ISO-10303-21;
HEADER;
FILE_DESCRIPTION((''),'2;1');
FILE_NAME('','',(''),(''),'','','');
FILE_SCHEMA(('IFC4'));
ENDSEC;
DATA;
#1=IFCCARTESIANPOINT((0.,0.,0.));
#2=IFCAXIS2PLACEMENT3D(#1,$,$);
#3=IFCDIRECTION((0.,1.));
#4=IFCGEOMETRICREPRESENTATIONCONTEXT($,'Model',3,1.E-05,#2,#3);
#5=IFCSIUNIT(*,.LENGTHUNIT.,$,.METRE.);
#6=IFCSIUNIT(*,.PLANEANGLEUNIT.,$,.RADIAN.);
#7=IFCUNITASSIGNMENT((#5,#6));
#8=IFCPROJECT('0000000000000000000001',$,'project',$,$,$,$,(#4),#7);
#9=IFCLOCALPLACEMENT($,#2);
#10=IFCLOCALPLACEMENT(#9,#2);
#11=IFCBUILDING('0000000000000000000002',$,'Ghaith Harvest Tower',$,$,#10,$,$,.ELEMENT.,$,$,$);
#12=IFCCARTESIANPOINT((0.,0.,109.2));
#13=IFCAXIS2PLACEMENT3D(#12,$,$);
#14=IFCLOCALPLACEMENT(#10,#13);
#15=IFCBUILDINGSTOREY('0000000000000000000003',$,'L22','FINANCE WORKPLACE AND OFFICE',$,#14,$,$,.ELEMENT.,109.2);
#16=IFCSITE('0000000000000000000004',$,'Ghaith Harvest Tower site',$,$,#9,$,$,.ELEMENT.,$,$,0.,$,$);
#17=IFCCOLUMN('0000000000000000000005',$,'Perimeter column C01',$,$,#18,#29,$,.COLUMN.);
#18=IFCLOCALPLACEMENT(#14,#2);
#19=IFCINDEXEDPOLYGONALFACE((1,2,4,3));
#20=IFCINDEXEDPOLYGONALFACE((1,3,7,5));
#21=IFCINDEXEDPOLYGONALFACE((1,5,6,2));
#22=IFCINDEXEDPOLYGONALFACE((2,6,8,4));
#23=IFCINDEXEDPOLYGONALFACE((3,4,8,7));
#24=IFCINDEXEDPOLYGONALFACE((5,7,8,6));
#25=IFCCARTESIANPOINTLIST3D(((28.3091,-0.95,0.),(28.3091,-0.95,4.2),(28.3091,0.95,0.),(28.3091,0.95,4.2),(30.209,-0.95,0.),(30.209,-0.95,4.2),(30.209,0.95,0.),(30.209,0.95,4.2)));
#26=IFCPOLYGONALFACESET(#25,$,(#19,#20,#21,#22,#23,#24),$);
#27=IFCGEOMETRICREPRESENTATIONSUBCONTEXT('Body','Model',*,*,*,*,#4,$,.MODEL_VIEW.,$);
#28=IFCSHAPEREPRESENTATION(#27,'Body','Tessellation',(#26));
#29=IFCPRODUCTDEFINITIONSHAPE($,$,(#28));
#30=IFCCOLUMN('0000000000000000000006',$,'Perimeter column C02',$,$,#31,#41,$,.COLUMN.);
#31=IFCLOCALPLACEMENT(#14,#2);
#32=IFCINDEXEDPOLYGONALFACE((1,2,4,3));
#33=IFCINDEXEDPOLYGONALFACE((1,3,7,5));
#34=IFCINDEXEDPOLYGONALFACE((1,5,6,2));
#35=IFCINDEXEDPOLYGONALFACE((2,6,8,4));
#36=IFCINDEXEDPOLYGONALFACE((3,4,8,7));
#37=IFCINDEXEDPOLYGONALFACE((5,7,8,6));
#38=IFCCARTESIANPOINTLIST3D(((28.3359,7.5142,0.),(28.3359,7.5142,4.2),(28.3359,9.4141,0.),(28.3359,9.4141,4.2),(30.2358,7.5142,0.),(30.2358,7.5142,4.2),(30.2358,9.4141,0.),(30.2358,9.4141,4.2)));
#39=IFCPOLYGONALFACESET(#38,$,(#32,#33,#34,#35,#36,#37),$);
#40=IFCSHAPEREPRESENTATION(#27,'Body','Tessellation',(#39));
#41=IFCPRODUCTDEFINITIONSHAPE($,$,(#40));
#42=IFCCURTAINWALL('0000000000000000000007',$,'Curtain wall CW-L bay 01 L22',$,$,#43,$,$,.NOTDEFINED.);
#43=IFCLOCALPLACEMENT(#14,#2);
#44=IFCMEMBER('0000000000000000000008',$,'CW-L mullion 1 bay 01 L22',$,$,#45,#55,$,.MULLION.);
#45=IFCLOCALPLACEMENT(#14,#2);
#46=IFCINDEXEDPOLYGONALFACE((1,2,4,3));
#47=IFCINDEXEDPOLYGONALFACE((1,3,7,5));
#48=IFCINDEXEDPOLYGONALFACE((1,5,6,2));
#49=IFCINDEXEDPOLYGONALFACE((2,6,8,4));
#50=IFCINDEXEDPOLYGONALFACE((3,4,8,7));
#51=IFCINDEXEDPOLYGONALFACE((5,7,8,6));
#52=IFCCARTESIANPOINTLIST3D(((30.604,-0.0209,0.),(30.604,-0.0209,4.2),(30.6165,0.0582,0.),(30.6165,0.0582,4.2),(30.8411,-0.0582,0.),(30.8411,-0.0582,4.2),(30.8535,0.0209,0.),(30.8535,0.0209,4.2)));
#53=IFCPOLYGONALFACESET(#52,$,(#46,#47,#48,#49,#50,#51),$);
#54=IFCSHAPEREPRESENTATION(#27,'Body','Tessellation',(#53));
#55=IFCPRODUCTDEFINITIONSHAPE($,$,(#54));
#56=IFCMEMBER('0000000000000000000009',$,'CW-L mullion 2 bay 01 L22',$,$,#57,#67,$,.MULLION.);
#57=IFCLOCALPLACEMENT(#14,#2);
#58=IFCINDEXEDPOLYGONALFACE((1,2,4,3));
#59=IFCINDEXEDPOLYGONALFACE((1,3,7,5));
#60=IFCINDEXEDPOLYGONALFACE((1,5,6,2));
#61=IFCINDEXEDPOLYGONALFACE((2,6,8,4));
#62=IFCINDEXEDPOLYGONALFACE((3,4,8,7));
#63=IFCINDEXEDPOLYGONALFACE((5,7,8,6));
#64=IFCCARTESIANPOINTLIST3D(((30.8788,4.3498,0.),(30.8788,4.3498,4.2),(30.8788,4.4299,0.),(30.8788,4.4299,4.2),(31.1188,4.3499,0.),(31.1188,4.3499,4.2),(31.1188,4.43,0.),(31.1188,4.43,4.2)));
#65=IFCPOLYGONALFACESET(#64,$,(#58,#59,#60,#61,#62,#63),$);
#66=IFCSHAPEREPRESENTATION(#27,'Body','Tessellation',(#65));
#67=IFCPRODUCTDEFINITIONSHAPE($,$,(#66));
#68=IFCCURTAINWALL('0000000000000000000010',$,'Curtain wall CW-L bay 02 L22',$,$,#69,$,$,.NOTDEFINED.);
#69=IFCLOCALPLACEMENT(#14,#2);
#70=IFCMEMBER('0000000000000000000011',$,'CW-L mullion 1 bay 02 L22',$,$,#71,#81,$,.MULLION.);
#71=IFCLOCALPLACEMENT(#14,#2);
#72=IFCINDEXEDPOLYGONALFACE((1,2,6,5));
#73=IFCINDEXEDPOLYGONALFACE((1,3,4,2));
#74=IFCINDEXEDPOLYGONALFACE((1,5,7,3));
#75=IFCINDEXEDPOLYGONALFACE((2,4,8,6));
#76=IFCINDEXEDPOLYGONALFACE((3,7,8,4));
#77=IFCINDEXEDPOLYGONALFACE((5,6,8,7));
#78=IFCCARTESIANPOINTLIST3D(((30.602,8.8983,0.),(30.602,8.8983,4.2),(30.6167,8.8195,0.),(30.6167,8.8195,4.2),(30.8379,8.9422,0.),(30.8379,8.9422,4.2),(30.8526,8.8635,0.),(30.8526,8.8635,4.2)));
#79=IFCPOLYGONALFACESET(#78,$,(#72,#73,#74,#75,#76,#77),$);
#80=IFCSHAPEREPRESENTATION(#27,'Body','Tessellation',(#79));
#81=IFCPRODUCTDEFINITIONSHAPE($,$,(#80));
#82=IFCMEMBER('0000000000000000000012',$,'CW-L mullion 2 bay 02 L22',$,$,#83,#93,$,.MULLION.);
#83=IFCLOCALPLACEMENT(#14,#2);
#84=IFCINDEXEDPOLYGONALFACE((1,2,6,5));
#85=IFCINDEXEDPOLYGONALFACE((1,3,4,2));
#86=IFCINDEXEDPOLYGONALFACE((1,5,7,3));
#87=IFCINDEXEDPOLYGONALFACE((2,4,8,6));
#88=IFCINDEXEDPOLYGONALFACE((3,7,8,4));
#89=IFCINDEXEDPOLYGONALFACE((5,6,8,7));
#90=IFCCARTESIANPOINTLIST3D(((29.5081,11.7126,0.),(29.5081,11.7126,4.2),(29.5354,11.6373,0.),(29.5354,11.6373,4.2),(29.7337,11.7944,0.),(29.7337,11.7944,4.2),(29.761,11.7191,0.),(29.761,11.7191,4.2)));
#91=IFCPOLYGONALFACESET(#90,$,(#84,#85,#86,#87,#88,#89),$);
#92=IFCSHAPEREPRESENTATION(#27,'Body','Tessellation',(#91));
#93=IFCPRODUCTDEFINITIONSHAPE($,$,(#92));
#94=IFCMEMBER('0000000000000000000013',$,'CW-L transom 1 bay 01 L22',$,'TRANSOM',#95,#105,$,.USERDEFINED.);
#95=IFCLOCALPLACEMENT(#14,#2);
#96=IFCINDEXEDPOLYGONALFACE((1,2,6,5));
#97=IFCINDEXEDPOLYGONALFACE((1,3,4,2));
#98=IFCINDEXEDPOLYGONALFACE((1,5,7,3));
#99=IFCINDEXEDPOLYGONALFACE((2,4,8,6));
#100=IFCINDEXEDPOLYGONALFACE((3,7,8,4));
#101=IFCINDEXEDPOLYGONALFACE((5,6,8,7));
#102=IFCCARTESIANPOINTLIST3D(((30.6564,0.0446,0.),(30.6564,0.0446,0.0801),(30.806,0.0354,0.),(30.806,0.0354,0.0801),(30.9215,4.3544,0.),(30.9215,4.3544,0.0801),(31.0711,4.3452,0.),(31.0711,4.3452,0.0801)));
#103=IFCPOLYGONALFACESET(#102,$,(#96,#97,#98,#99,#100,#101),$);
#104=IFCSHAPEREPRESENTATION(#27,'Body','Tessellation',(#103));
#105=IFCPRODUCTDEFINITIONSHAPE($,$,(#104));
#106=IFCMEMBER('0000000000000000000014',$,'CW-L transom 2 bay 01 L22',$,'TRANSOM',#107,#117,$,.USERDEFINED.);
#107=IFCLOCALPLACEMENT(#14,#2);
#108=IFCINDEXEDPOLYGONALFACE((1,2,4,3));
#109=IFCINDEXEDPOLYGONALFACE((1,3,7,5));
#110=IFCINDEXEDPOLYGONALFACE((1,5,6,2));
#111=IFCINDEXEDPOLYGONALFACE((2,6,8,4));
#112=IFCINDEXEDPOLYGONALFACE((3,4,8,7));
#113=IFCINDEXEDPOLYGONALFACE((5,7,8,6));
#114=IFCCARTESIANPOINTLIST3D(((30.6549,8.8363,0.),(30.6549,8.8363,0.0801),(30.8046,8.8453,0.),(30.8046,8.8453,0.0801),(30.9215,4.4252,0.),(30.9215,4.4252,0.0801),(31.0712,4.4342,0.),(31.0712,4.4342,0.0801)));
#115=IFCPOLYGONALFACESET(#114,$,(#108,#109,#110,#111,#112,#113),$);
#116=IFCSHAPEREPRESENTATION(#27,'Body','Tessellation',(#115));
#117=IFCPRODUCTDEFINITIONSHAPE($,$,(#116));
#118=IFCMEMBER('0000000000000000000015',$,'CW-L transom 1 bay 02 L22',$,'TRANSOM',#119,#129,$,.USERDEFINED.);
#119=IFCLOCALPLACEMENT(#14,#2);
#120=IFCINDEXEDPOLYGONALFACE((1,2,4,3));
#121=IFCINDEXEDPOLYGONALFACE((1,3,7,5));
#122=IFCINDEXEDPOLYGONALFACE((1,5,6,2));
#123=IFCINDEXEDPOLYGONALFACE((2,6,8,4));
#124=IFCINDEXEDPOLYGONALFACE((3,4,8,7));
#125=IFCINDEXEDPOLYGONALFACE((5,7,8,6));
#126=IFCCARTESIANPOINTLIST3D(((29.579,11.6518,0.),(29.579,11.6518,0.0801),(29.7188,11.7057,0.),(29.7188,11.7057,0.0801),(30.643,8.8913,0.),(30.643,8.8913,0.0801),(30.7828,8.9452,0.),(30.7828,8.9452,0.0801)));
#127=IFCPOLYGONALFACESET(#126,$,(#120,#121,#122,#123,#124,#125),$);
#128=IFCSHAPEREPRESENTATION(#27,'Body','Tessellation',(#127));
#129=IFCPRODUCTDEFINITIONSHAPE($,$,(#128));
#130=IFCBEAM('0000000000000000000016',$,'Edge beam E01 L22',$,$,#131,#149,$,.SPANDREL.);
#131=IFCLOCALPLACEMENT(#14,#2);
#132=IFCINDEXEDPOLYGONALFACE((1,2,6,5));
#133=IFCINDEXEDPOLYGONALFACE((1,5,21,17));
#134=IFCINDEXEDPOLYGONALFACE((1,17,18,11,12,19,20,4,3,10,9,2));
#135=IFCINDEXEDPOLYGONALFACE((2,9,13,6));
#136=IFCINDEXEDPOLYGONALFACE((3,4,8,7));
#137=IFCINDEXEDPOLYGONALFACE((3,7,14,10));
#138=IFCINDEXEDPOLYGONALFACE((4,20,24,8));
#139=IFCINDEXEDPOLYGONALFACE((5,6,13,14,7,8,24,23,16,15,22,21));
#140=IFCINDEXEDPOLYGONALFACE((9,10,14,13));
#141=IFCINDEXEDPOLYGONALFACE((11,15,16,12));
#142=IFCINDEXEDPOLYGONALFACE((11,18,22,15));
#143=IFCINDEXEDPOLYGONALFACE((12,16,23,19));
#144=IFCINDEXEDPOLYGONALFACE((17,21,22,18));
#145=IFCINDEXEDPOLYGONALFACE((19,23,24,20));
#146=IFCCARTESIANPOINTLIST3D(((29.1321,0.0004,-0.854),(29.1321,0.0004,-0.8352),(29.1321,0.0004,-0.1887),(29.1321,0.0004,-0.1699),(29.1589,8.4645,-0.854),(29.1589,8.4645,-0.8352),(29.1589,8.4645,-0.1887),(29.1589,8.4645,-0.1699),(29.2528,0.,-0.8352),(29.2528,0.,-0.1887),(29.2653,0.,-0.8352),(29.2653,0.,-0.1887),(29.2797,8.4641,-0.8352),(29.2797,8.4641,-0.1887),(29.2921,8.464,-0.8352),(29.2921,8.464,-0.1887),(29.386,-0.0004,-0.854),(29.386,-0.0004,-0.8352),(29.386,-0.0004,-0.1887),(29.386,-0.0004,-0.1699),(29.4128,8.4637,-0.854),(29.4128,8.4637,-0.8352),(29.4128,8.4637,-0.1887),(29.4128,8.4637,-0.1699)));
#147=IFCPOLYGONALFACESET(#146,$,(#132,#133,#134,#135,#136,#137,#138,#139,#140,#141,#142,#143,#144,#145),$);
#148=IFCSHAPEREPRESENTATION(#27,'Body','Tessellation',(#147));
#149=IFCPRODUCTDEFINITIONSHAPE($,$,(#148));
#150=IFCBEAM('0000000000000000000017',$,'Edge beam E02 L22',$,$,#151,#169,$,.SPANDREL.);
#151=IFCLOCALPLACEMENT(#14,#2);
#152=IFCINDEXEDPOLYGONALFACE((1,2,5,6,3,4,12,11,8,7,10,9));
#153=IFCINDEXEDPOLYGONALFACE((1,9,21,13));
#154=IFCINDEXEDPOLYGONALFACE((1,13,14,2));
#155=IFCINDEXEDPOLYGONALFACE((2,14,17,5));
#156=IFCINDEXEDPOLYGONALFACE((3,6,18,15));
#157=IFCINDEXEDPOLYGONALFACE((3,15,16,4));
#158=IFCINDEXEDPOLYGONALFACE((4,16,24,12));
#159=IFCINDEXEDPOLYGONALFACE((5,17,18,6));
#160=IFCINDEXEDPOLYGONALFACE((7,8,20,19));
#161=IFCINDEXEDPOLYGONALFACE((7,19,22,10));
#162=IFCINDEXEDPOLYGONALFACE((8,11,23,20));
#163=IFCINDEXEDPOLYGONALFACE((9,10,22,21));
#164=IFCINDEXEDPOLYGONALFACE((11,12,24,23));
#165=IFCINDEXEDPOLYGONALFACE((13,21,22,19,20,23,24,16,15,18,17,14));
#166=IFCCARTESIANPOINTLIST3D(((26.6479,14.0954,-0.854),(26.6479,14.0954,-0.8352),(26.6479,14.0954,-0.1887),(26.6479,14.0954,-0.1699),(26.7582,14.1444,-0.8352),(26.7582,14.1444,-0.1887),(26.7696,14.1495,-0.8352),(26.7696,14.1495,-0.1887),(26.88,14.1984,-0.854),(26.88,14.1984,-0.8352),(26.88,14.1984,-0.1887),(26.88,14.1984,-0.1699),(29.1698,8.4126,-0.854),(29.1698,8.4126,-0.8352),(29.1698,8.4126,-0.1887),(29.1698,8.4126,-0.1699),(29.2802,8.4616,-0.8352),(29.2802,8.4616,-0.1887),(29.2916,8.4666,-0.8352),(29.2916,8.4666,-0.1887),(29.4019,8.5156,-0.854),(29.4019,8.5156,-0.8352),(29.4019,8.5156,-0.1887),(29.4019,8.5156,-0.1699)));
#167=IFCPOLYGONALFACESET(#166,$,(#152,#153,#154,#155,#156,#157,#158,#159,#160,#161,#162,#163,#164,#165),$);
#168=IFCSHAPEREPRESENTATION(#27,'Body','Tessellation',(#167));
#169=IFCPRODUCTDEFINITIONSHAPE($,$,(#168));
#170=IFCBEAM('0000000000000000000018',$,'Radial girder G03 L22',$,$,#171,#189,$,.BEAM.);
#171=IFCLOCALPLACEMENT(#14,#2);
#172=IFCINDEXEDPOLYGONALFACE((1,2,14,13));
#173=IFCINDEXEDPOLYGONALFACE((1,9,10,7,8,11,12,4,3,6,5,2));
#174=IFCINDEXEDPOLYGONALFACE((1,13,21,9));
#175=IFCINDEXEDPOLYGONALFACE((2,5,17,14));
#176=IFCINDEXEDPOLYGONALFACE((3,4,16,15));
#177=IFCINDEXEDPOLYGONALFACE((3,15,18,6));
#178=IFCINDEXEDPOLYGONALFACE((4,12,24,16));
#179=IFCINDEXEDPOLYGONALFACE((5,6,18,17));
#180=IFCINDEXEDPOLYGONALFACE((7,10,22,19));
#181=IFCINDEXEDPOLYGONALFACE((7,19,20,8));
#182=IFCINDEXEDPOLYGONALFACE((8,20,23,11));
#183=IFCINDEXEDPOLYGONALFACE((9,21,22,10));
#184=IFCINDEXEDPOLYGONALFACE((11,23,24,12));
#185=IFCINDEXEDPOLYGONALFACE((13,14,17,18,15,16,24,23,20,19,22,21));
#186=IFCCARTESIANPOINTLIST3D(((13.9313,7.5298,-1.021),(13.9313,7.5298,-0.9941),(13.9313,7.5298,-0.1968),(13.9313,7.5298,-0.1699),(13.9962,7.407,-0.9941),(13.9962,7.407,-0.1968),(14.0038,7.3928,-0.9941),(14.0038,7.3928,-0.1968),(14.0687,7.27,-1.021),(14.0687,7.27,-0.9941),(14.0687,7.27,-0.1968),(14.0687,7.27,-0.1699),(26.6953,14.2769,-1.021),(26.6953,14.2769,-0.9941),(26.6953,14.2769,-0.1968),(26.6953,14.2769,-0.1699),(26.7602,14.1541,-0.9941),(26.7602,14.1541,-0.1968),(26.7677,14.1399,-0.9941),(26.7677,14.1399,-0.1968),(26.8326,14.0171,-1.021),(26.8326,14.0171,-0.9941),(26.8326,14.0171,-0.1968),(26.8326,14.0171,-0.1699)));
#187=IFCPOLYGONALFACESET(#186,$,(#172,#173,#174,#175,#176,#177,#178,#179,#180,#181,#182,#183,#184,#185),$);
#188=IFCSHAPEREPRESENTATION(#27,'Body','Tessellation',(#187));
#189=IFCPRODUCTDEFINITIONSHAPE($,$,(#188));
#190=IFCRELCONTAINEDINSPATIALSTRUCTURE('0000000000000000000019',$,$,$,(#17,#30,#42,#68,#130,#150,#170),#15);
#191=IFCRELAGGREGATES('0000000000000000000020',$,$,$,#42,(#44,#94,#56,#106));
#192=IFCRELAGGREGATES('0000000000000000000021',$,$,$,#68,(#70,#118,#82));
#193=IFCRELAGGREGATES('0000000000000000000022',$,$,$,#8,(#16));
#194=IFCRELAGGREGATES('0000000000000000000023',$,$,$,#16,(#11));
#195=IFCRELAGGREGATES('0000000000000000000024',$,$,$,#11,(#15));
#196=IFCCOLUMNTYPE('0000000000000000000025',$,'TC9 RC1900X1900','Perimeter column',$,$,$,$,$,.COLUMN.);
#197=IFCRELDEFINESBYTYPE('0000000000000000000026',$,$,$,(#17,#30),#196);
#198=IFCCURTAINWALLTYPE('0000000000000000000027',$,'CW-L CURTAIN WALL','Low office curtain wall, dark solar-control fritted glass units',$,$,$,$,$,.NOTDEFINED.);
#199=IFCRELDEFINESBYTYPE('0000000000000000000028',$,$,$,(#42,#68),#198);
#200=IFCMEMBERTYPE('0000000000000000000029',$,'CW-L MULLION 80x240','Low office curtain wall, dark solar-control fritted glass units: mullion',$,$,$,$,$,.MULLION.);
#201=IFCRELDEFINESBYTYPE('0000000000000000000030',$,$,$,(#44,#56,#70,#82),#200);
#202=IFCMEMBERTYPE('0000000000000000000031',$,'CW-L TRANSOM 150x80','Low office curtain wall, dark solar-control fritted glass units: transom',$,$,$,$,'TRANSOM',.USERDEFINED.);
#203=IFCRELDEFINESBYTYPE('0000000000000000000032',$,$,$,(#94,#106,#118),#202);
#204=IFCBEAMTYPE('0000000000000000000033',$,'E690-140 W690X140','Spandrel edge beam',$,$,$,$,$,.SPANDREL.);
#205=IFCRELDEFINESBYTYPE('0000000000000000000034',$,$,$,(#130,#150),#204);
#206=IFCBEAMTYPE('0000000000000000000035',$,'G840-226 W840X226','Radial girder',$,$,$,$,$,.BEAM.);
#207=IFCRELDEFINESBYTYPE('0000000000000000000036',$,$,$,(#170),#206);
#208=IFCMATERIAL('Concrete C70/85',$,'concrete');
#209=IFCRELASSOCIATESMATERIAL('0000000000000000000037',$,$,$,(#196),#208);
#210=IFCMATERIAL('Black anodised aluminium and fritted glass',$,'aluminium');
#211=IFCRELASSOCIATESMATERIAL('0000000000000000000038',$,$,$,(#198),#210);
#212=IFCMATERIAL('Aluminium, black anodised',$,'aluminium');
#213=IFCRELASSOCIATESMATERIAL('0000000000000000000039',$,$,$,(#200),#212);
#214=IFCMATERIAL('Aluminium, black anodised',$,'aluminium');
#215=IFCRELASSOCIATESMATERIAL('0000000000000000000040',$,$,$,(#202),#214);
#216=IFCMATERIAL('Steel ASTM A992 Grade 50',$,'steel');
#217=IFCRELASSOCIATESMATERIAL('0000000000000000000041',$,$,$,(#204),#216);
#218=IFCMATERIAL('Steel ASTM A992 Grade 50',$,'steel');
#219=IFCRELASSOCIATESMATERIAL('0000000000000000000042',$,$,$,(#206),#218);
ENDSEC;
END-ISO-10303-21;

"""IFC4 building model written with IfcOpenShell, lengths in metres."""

from ifc_helpers import new_model, si_unit, direction, frame, origin, origin_2d, place, context, subcontext, project, spatial, rectangle, i_section, extrude, material, material_profile, profile_set, type_object, element, aggregate, save


model = new_model("IFC4")

# Units and contexts
model_context = context("Model", 3, precision=1e-05, world=origin(), true_north=direction((0.0, 1.0)))
body_context = subcontext(model_context, "Body", "Model", "MODEL_VIEW")
ifc_project = project(units=[si_unit("LENGTHUNIT", "METRE"), si_unit("PLANEANGLEUNIT", "RADIAN")], contexts=[model_context])

# Site, building, storey
site_placement = place(None, origin())
site = spatial("IfcSite", under=ifc_project, at=site_placement, Name="Ghaith Harvest Tower site", CompositionType="ELEMENT", RefElevation=0.0)
building_placement = place(site_placement, origin())
building = spatial("IfcBuilding", under=site, at=building_placement, Name="Ghaith Harvest Tower", CompositionType="ELEMENT")
storey_placement = place(building_placement, frame((0.0, 0.0, 109.2)))
storey = spatial("IfcBuildingStorey", under=building, at=storey_placement, Name="L22", Description="FINANCE WORKPLACE AND OFFICE", CompositionType="ELEMENT", Elevation=109.2)

# Columns
ifc_material_1 = material(Name="Concrete C70/85", Category="concrete")
ifc_material_profile_1 = material_profile(ifc_material_1, rectangle(XDim=1.8999, YDim=1.8999, at=origin_2d()), Name="RC1900X1900")
ifc_profile_set_1 = profile_set([ifc_material_profile_1], Name="Concrete C70/85")
column_type = type_object("IfcColumnType", Name="TC9 RC1900X1900", Description="Perimeter column", PredefinedType="COLUMN", material=ifc_profile_set_1)
for number, where, z_axis, x_axis, name in (
    (1, (29.259, 0.0, 0.0), (0.0, 0.0, 1.0), (1.0, 0.0, 0.0), "Perimeter column C01"),
    (2, (29.2859, 8.4641, 0.0), (0.0, 0.0, 1.0), (1.0, 0.0, 0.0), "Perimeter column C02"),
):
    element("IfcColumn", number, at=place(storey_placement, frame(where, z_axis=z_axis, x_axis=x_axis)), inside=storey, type_object=column_type, Name=name, PredefinedType="COLUMN", context=body_context, shape_type="SweptSolid", body=[
        extrude(rectangle(XDim=1.8999, YDim=1.8999, at=origin_2d()), origin(), (0.0, 0.0, 1.0), 4.2),
    ])

# Curtain walls, members
ifc_material_2 = material(Name="Black anodised aluminium and fritted glass", Category="aluminium")
curtain_wall_type = type_object("IfcCurtainWallType", Name="CW-L CURTAIN WALL", Description="Low office curtain wall, dark solar-control fritted glass units", PredefinedType="NOTDEFINED", material=ifc_material_2)
curtain_wall_1_placement = place(storey_placement, origin())
curtain_wall_1 = element("IfcCurtainWall", 3, at=curtain_wall_1_placement, inside=storey, type_object=curtain_wall_type, Name="Curtain wall CW-L bay 01 L22", PredefinedType="NOTDEFINED")
ifc_material_3 = material(Name="Aluminium, black anodised", Category="aluminium")
ifc_material_profile_2 = material_profile(ifc_material_3, rectangle(XDim=0.0801, YDim=0.24, at=origin_2d()), Name="CW-L MULLION 80x240")
ifc_profile_set_2 = profile_set([ifc_material_profile_2], Name="Aluminium, black anodised")
member_type_1 = type_object("IfcMemberType", Name="CW-L MULLION 80x240", Description="Low office curtain wall, dark solar-control fritted glass units: mullion", PredefinedType="MULLION", material=ifc_profile_set_2)
member_1_placement = place(storey_placement, frame((30.7288, 0.0, 0.0), z_axis=(0.0, 0.0, 1.0), x_axis=(0.155597, 0.987821, 0.0)))
member_1 = element("IfcMember", 4, at=member_1_placement, type_object=member_type_1, Name="CW-L mullion 1 bay 01 L22", PredefinedType="MULLION", context=body_context, shape_type="SweptSolid", body=[
    extrude(rectangle(XDim=0.0801, YDim=0.24, at=origin_2d()), origin(), (0.0, 0.0, 1.0), 4.2),
])
member_2_placement = place(storey_placement, frame((30.9988, 4.3899, 0.0), z_axis=(0.0, 0.0, 1.0), x_axis=(-0.000162, 1.0, 0.0)))
member_2 = element("IfcMember", 5, at=member_2_placement, type_object=member_type_1, Name="CW-L mullion 2 bay 01 L22", PredefinedType="MULLION", context=body_context, shape_type="SweptSolid", body=[
    extrude(rectangle(XDim=0.0801, YDim=0.24, at=origin_2d()), origin(), (0.0, 0.0, 1.0), 4.2),
])
curtain_wall_2_placement = place(storey_placement, origin())
curtain_wall_2 = element("IfcCurtainWall", 6, at=curtain_wall_2_placement, inside=storey, type_object=curtain_wall_type, Name="Curtain wall CW-L bay 02 L22", PredefinedType="NOTDEFINED")
member_3_placement = place(storey_placement, frame((30.7273, 8.8809, 0.0), z_axis=(0.0, 0.0, 1.0), x_axis=(-0.18307, 0.9831, 0.0)))
member_3 = element("IfcMember", 7, at=member_3_placement, type_object=member_type_1, Name="CW-L mullion 1 bay 02 L22", PredefinedType="MULLION", context=body_context, shape_type="SweptSolid", body=[
    extrude(rectangle(XDim=0.0801, YDim=0.24, at=origin_2d()), origin(), (0.0, 0.0, 1.0), 4.2),
])
member_4_placement = place(storey_placement, frame((29.6345, 11.7158, 0.0), z_axis=(0.0, 0.0, 1.0), x_axis=(-0.340771, 0.940146, 0.0)))
member_4 = element("IfcMember", 8, at=member_4_placement, type_object=member_type_1, Name="CW-L mullion 2 bay 02 L22", PredefinedType="MULLION", context=body_context, shape_type="SweptSolid", body=[
    extrude(rectangle(XDim=0.0801, YDim=0.24, at=origin_2d()), origin(), (0.0, 0.0, 1.0), 4.2),
])

# Members
ifc_material_4 = material(Name="Aluminium, black anodised", Category="aluminium")
ifc_material_profile_3 = material_profile(ifc_material_4, rectangle(XDim=0.1499, YDim=0.0801, at=origin_2d()), Name="CW-L TRANSOM 150x80")
ifc_profile_set_3 = profile_set([ifc_material_profile_3], Name="Aluminium, black anodised")
member_type_2 = type_object("IfcMemberType", Name="CW-L TRANSOM 150x80", Description="Low office curtain wall, dark solar-control fritted glass units: transom", ElementType="TRANSOM", PredefinedType="USERDEFINED", material=ifc_profile_set_3)
member_5_placement = place(storey_placement, frame((30.7312, 0.04, 0.04), z_axis=(0.061403, 0.998113, 0.0), x_axis=(-0.998113, 0.061403, 0.0)))
member_5 = element("IfcMember", 9, at=member_5_placement, type_object=member_type_2, Name="CW-L transom 1 bay 01 L22", ObjectType="TRANSOM", PredefinedType="USERDEFINED", context=body_context, shape_type="SweptSolid", body=[
    extrude(rectangle(XDim=0.1499, YDim=0.0801, at=origin_2d()), origin(), (0.0, 0.0, 1.0), 4.3179),
])
member_6_placement = place(storey_placement, frame((30.9963, 4.4297, 0.04), z_axis=(-0.060328, 0.998179, 0.0), x_axis=(-0.998179, -0.060328, 0.0)))
member_6 = element("IfcMember", 10, at=member_6_placement, type_object=member_type_2, Name="CW-L transom 2 bay 01 L22", ObjectType="TRANSOM", PredefinedType="USERDEFINED", context=body_context, shape_type="SweptSolid", body=[
    extrude(rectangle(XDim=0.1499, YDim=0.0801, at=origin_2d()), origin(), (0.0, 0.0, 1.0), 4.4192),
])
member_7_placement = place(storey_placement, frame((30.7129, 8.9182, 0.04), z_axis=(-0.359637, 0.933092, 0.0), x_axis=(-0.933092, -0.359637, 0.0)))
member_7 = element("IfcMember", 11, at=member_7_placement, type_object=member_type_2, Name="CW-L transom 1 bay 02 L22", ObjectType="TRANSOM", PredefinedType="USERDEFINED", context=body_context, shape_type="SweptSolid", body=[
    extrude(rectangle(XDim=0.1499, YDim=0.0801, at=origin_2d()), origin(), (0.0, 0.0, 1.0), 2.9585),
])

# Beams
ifc_material_5 = material(Name="Steel ASTM A992 Grade 50", Category="steel")
ifc_material_profile_4 = material_profile(ifc_material_5, i_section(OverallWidth=0.2539, OverallDepth=0.6841, WebThickness=0.0125, FlangeThickness=0.0188, at=origin_2d()), Name="W690X140")
ifc_profile_set_4 = profile_set([ifc_material_profile_4], Name="Steel ASTM A992 Grade 50")
beam_type_1 = type_object("IfcBeamType", Name="E690-140 W690X140", Description="Spandrel edge beam", PredefinedType="SPANDREL", material=ifc_profile_set_4)
beam_1_placement = place(storey_placement, frame((29.259, 0.0, -0.512), z_axis=(0.003173, 0.999995, 0.0), x_axis=(-0.999995, 0.003173, 0.0)))
element("IfcBeam", 12, at=beam_1_placement, inside=storey, type_object=beam_type_1, Name="Edge beam E01 L22", PredefinedType="SPANDREL", context=body_context, shape_type="SweptSolid", body=[
    extrude(i_section(OverallWidth=0.2539, OverallDepth=0.6841, WebThickness=0.0125, FlangeThickness=0.0188, at=origin_2d()), origin(), (0.0, 0.0, 1.0), 8.4641),
])
beam_2_placement = place(storey_placement, frame((29.2859, 8.4641, -0.512), z_axis=(-0.405636, 0.914035, 0.0), x_axis=(-0.914035, -0.405636, 0.0)))
element("IfcBeam", 13, at=beam_2_placement, inside=storey, type_object=beam_type_1, Name="Edge beam E02 L22", PredefinedType="SPANDREL", context=body_context, shape_type="SweptSolid", body=[
    extrude(i_section(OverallWidth=0.2539, OverallDepth=0.6841, WebThickness=0.0125, FlangeThickness=0.0188, at=origin_2d()), origin(), (0.0, 0.0, 1.0), 6.2173),
])
ifc_material_6 = material(Name="Steel ASTM A992 Grade 50", Category="steel")
ifc_material_profile_5 = material_profile(ifc_material_6, i_section(OverallWidth=0.2939, OverallDepth=0.8511, WebThickness=0.0161, FlangeThickness=0.0269, at=origin_2d()), Name="W840X226")
ifc_profile_set_5 = profile_set([ifc_material_profile_5], Name="Steel ASTM A992 Grade 50")
beam_type_2 = type_object("IfcBeamType", Name="G840-226 W840X226", Description="Radial girder", PredefinedType="BEAM", material=ifc_profile_set_5)
beam_3_placement = place(storey_placement, frame((14.0, 7.3999, -0.5955), z_axis=(0.884083, 0.467331, 0.0), x_axis=(-0.467331, 0.884083, 0.0)))
element("IfcBeam", 14, at=beam_3_placement, inside=storey, type_object=beam_type_2, Name="Radial girder G03 L22", PredefinedType="BEAM", context=body_context, shape_type="SweptSolid", body=[
    extrude(i_section(OverallWidth=0.2939, OverallDepth=0.8511, WebThickness=0.0161, FlangeThickness=0.0269, at=origin_2d()), origin(), (0.0, 0.0, 1.0), 14.4375),
])

aggregate(curtain_wall_1, [member_1, member_5, member_2, member_6])
aggregate(curtain_wall_2, [member_3, member_7, member_4])

save(model, "model.ifc")
